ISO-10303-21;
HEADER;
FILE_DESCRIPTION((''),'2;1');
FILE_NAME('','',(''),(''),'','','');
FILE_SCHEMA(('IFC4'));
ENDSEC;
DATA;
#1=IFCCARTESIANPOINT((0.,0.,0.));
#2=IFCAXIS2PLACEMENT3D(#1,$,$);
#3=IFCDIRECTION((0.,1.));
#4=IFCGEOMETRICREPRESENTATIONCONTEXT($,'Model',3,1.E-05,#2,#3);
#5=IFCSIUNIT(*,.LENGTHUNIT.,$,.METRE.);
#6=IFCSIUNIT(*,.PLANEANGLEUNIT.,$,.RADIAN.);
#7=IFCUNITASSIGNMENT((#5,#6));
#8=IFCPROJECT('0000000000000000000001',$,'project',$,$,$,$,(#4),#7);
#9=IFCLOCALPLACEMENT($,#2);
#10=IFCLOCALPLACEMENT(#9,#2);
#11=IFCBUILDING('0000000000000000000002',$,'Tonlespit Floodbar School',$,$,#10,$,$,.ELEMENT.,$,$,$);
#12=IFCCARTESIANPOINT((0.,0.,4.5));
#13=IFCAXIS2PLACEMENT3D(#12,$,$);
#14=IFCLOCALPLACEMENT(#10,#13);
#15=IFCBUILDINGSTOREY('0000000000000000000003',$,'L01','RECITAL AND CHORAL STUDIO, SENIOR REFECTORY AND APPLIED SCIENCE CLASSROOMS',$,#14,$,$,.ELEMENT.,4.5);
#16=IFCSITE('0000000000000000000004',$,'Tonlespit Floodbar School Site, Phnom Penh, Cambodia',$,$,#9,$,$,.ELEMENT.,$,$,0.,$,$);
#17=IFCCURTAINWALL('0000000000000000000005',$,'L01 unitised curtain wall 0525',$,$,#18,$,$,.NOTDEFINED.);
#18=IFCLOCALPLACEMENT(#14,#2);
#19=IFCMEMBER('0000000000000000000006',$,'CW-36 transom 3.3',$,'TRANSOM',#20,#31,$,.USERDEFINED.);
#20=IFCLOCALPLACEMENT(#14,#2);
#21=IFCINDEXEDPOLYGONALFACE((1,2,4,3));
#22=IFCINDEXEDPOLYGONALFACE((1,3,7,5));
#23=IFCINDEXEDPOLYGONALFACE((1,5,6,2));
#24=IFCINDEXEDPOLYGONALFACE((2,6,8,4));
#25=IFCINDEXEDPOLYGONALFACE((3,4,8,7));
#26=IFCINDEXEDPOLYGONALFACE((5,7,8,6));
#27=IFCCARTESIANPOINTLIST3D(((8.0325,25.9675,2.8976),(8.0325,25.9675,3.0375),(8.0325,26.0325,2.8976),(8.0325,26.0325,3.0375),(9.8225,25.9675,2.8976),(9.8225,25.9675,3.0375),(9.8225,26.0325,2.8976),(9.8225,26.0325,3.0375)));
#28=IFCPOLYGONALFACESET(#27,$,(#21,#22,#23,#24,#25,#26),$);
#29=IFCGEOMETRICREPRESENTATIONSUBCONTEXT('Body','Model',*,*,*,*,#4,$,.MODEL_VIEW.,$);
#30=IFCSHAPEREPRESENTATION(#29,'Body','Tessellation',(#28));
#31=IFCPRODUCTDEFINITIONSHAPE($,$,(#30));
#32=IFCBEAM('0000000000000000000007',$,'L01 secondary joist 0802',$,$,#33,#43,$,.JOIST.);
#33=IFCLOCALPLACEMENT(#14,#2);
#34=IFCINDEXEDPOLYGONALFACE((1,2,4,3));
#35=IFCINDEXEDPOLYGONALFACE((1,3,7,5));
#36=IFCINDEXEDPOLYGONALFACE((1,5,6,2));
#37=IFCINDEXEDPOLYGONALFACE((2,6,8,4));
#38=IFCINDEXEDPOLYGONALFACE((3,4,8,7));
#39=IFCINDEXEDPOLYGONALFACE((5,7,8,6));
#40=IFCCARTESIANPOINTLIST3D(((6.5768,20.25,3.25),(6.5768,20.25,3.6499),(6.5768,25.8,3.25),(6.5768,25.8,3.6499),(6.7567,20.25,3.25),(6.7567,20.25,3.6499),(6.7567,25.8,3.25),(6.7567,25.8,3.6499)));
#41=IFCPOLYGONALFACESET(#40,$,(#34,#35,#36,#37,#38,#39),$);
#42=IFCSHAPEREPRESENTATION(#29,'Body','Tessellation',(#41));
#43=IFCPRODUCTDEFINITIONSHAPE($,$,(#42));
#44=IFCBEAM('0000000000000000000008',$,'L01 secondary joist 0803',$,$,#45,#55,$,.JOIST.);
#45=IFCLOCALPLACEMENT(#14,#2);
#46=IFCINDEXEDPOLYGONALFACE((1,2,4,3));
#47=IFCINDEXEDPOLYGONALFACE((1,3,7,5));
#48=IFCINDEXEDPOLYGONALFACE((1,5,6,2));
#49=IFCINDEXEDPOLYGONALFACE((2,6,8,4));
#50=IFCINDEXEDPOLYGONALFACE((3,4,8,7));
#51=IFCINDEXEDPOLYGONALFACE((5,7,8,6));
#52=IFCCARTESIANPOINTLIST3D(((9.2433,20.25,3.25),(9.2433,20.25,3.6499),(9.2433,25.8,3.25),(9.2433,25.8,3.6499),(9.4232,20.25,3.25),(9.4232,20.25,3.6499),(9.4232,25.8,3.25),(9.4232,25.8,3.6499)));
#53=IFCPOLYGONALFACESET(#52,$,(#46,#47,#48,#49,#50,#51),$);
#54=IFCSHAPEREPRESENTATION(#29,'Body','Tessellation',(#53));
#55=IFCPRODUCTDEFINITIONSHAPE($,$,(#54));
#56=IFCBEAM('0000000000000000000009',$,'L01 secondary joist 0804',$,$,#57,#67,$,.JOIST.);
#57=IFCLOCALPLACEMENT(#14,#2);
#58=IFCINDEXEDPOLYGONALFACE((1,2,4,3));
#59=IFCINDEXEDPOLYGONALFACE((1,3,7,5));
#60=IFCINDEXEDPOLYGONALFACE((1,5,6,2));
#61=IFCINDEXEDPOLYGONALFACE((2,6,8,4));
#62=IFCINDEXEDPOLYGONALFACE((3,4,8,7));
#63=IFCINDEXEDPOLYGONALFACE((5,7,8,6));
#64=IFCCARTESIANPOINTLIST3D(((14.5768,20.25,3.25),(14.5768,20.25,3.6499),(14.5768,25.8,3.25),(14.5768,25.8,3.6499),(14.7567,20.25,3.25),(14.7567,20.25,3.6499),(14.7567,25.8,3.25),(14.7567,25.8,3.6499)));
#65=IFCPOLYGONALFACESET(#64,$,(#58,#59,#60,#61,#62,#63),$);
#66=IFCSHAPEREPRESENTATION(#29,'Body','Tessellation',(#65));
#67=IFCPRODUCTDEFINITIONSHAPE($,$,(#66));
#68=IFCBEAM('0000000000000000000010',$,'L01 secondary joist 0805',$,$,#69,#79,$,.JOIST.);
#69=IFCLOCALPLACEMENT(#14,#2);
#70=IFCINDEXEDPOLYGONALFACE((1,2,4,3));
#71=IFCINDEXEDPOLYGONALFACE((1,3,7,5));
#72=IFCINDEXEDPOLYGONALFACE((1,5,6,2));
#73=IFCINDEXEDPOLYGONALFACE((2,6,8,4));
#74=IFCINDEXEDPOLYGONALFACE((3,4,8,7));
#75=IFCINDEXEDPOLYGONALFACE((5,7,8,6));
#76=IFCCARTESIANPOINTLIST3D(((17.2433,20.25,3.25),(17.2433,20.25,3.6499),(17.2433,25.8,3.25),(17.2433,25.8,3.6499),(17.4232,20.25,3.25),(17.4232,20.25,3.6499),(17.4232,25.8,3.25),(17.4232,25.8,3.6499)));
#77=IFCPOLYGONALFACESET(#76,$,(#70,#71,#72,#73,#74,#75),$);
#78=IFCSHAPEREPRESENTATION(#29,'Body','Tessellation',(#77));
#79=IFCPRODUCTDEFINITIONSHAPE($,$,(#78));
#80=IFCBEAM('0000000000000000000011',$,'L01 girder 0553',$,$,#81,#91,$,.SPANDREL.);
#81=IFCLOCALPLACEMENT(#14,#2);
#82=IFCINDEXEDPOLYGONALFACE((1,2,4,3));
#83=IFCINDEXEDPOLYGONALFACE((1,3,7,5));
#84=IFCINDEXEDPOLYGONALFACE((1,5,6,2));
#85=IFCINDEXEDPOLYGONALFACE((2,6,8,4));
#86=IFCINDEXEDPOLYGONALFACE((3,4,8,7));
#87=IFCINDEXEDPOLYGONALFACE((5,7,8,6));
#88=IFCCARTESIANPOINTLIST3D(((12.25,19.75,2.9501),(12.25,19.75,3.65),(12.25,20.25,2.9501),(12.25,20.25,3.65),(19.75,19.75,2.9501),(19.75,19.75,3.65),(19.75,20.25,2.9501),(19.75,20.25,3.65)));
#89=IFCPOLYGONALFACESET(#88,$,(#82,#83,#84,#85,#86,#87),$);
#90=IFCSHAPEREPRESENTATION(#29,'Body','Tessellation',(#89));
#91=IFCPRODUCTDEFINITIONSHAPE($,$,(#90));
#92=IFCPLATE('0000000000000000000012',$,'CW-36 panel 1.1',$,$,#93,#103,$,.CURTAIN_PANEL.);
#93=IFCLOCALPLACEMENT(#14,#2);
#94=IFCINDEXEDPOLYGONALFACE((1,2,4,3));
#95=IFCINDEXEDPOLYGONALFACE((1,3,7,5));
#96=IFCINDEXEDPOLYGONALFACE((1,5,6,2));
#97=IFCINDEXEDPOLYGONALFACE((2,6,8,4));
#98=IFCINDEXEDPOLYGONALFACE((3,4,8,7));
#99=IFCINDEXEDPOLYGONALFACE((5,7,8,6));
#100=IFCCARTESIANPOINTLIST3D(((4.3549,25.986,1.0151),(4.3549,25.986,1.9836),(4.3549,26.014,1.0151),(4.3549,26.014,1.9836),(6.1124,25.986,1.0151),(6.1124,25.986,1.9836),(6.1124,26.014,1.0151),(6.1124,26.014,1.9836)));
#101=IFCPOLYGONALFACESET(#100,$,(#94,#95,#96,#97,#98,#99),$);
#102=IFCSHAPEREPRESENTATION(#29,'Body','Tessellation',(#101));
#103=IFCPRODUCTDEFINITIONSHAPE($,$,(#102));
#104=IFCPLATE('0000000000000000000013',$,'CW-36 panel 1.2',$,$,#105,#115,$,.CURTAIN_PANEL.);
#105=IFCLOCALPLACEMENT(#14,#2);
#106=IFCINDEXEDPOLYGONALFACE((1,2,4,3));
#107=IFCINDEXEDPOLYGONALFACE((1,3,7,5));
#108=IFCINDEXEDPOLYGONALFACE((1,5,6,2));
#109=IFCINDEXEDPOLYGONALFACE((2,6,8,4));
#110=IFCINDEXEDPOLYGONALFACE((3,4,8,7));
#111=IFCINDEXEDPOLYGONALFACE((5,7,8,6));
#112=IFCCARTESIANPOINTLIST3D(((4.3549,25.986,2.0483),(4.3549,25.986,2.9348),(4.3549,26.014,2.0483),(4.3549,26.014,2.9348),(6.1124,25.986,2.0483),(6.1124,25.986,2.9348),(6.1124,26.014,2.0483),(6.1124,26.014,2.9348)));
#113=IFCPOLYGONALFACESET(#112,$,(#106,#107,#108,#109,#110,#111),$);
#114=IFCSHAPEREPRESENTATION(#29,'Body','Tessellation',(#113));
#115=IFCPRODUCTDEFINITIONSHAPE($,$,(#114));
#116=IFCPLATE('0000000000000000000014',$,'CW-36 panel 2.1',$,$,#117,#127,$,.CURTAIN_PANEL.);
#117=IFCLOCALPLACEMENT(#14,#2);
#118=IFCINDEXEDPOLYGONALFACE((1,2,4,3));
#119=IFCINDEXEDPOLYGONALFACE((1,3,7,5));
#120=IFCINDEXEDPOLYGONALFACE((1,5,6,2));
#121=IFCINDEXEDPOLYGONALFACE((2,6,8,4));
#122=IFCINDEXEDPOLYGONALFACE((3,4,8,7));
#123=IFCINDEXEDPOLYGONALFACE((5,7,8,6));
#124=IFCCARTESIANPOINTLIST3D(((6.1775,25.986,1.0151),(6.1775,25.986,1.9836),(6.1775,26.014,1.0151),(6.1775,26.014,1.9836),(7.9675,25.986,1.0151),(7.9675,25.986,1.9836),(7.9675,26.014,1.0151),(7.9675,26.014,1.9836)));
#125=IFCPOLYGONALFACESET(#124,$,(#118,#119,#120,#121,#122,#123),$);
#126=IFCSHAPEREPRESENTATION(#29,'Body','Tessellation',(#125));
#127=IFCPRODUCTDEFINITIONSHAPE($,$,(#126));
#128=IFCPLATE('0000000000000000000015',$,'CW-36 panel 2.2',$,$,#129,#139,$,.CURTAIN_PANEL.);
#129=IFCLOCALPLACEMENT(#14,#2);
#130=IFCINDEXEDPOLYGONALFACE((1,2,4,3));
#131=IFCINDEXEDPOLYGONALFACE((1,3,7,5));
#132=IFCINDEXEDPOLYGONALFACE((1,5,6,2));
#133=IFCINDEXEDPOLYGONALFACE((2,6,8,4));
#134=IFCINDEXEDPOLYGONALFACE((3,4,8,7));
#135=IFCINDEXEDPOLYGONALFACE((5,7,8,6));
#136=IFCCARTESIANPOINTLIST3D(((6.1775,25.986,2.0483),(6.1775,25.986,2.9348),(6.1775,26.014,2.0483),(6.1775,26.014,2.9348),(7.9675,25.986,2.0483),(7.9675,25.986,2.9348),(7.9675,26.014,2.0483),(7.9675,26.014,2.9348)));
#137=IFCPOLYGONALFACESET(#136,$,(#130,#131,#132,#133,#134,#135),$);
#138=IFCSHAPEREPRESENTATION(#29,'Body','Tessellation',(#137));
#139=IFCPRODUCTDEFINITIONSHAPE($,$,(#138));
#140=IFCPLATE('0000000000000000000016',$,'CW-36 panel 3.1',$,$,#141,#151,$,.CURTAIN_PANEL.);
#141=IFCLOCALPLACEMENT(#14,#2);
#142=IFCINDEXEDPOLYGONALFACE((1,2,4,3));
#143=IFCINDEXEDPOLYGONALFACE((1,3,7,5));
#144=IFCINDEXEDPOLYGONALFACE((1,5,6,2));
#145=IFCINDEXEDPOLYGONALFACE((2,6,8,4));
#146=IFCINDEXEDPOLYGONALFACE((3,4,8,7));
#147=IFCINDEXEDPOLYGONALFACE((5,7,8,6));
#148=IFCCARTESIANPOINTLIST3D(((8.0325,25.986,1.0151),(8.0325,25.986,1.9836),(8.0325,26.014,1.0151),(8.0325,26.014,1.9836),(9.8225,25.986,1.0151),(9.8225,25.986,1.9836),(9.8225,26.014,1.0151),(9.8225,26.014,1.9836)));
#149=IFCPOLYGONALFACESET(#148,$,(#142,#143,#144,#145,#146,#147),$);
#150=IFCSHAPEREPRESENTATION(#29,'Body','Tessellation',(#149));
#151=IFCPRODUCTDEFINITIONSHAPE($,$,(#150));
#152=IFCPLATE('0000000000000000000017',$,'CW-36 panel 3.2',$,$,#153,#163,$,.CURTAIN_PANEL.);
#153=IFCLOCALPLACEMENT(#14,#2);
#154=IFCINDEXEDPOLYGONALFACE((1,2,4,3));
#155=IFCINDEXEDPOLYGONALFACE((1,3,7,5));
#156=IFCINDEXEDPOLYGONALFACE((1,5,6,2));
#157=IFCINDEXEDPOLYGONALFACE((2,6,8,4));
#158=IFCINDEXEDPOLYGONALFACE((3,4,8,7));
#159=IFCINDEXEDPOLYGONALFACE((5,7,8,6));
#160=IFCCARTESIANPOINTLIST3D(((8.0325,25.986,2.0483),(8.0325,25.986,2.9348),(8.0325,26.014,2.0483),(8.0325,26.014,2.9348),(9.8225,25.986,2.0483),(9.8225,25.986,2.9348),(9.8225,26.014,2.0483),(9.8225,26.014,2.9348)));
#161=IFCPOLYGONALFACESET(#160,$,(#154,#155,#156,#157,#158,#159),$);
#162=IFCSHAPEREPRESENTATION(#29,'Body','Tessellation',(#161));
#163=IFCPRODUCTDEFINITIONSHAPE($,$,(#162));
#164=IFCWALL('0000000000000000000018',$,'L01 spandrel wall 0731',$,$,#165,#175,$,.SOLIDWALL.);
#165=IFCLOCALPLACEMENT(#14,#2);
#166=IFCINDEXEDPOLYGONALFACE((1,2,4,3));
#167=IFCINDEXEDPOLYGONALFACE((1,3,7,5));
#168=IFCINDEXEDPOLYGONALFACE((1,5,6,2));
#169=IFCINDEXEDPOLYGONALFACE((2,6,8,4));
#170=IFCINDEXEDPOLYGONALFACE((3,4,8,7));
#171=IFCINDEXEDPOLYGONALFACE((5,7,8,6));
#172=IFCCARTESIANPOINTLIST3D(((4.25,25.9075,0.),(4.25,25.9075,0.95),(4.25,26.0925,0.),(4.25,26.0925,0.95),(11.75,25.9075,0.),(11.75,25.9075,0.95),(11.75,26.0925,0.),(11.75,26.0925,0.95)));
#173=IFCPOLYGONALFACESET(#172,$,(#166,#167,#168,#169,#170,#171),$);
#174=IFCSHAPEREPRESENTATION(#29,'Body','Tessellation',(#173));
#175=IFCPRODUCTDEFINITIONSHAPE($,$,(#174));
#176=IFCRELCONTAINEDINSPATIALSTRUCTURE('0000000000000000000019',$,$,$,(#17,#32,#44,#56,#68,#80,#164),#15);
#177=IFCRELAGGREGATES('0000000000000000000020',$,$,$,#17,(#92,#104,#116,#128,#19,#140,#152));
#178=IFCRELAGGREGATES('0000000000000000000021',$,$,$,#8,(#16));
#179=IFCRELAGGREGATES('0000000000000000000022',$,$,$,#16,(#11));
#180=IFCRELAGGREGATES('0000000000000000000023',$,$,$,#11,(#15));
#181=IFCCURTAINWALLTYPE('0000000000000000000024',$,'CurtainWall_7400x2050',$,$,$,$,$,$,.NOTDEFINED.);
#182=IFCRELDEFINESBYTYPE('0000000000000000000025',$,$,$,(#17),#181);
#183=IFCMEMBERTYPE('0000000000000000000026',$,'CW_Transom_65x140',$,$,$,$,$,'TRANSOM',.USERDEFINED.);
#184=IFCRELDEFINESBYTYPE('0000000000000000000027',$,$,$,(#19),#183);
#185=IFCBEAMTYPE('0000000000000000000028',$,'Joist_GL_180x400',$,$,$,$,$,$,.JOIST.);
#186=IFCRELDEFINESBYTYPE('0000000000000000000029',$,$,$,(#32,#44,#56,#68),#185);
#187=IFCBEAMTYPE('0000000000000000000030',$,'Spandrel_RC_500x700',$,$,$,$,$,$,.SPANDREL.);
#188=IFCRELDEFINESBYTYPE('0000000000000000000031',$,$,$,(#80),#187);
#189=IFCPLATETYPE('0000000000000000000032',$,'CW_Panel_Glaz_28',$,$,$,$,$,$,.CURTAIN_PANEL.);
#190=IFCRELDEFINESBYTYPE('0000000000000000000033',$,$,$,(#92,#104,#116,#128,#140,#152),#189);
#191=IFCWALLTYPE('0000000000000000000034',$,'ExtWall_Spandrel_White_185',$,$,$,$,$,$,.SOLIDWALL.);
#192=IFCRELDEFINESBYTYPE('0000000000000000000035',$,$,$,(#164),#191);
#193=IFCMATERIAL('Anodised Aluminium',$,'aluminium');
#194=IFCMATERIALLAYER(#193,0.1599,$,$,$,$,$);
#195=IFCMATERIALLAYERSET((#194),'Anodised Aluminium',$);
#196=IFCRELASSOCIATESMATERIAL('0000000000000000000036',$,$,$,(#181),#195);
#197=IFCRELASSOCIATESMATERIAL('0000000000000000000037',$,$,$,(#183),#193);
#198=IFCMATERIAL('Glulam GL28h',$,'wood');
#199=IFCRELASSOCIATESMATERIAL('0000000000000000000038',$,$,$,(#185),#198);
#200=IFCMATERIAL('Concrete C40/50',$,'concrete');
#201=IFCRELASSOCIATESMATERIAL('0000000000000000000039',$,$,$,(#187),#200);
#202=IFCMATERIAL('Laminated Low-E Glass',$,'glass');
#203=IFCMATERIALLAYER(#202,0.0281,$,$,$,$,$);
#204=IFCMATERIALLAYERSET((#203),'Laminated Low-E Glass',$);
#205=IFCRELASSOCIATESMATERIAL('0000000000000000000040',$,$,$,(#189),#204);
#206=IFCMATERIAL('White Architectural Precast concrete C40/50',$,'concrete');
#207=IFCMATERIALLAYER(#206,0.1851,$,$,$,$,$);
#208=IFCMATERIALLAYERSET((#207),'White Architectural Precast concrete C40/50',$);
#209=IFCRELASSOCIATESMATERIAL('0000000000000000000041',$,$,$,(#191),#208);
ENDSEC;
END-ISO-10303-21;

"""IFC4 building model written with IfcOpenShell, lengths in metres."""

from ifc_helpers import new_model, si_unit, direction, frame, frame_2d, origin, origin_2d, place, context, subcontext, project, spatial, rectangle, extrude, material, layer, layer_set, material_profile, profile_set, type_object, element, aggregate, save


model = new_model("IFC4")

# Units and contexts
model_context = context("Model", 3, precision=1e-05, world=origin(), true_north=direction((0.0, 1.0)))
body_context = subcontext(model_context, "Body", "Model", "MODEL_VIEW")
ifc_project = project(units=[si_unit("LENGTHUNIT", "METRE"), si_unit("PLANEANGLEUNIT", "RADIAN")], contexts=[model_context])

# Site, building, storey
site_placement = place(None, origin())
site = spatial("IfcSite", under=ifc_project, at=site_placement, Name="Tonlespit Floodbar School Site, Phnom Penh, Cambodia", CompositionType="ELEMENT", RefElevation=0.0)
building_placement = place(site_placement, origin())
building = spatial("IfcBuilding", under=site, at=building_placement, Name="Tonlespit Floodbar School", CompositionType="ELEMENT")
storey_placement = place(building_placement, frame((0.0, 0.0, 4.5)))
storey = spatial("IfcBuildingStorey", under=building, at=storey_placement, Name="L01", Description="RECITAL AND CHORAL STUDIO, SENIOR REFECTORY AND APPLIED SCIENCE CLASSROOMS", CompositionType="ELEMENT", Elevation=4.5)

# Shared definitions
ifc_material_1 = material(Name="Concrete C40/50", Category="concrete")

# Curtain wall, member
ifc_material_2 = material(Name="Anodised Aluminium", Category="aluminium")
ifc_layer_1 = layer(ifc_material_2, 0.1599)
ifc_layer_set_1 = layer_set([ifc_layer_1], Name="Anodised Aluminium")
curtain_wall_type = type_object("IfcCurtainWallType", Name="CurtainWall_7400x2050", PredefinedType="NOTDEFINED", material=ifc_layer_set_1)
curtain_wall_placement = place(storey_placement, origin())
curtain_wall = element("IfcCurtainWall", 1, at=curtain_wall_placement, inside=storey, type_object=curtain_wall_type, Name="L01 unitised curtain wall 0525", PredefinedType="NOTDEFINED")
ifc_material_profile_1 = material_profile(ifc_material_2, rectangle(XDim=0.0649, YDim=0.1399, at=origin_2d()), Name="ALU T65x140")
ifc_profile_set_1 = profile_set([ifc_material_profile_1], Name="Anodised Aluminium")
member_type_1 = type_object("IfcMemberType", Name="CW_Transom_65x140", ElementType="TRANSOM", PredefinedType="USERDEFINED", material=ifc_profile_set_1)
member_1_placement = place(storey_placement, frame((8.0325, 26.0, 2.9675), z_axis=(1.0, 0.0, 0.0), x_axis=(0.0, 1.0, 0.0)))
member_1 = element("IfcMember", 2, at=member_1_placement, type_object=member_type_1, Name="CW-36 transom 3.3", ObjectType="TRANSOM", PredefinedType="USERDEFINED", context=body_context, shape_type="SweptSolid", body=[
    extrude(rectangle(XDim=0.0649, YDim=0.1399, at=origin_2d()), origin(), (0.0, 0.0, 1.0), 1.79),
])

# Beams
ifc_material_3 = material(Name="Glulam GL28h", Category="wood")
ifc_material_profile_2 = material_profile(ifc_material_3, rectangle(XDim=0.1799, YDim=0.3999, at=origin_2d()), Name="GL 180x400")
ifc_profile_set_2 = profile_set([ifc_material_profile_2], Name="Glulam GL28h")
beam_type_1 = type_object("IfcBeamType", Name="Joist_GL_180x400", PredefinedType="JOIST", material=ifc_profile_set_2)
for number, where, z_axis, x_axis, name in (
    (3, (6.6667, 20.25, 3.45), (0.0, 1.0, 0.0), (-1.0, 0.0, 0.0), "L01 secondary joist 0802"),
    (4, (9.3333, 20.25, 3.45), (0.0, 1.0, 0.0), (-1.0, 0.0, 0.0), "L01 secondary joist 0803"),
    (5, (14.6667, 20.25, 3.45), (0.0, 1.0, 0.0), (-1.0, 0.0, 0.0), "L01 secondary joist 0804"),
    (6, (17.3333, 20.25, 3.45), (0.0, 1.0, 0.0), (-1.0, 0.0, 0.0), "L01 secondary joist 0805"),
):
    element("IfcBeam", number, at=place(storey_placement, frame(where, z_axis=z_axis, x_axis=x_axis)), inside=storey, type_object=beam_type_1, Name=name, PredefinedType="JOIST", context=body_context, shape_type="SweptSolid", body=[
        extrude(rectangle(XDim=0.1799, YDim=0.3999, at=origin_2d()), origin(), (0.0, 0.0, 1.0), 5.55),
    ])
ifc_material_profile_3 = material_profile(ifc_material_1, rectangle(XDim=0.5, YDim=0.7, at=origin_2d()), Name="RC 500x700")
ifc_profile_set_3 = profile_set([ifc_material_profile_3], Name="Concrete C40/50")
beam_type_2 = type_object("IfcBeamType", Name="Spandrel_RC_500x700", PredefinedType="SPANDREL", material=ifc_profile_set_3)
beam_1_placement = place(storey_placement, frame((12.25, 20.0, 3.3), z_axis=(1.0, 0.0, 0.0), x_axis=(0.0, 1.0, 0.0)))
element("IfcBeam", 7, at=beam_1_placement, inside=storey, type_object=beam_type_2, Name="L01 girder 0553", PredefinedType="SPANDREL", context=body_context, shape_type="SweptSolid", body=[
    extrude(rectangle(XDim=0.5, YDim=0.7, at=origin_2d()), origin(), (0.0, 0.0, 1.0), 7.5),
])

# Plates
ifc_material_4 = material(Name="Laminated Low-E Glass", Category="glass")
ifc_layer_2 = layer(ifc_material_4, 0.0281)
ifc_layer_set_2 = layer_set([ifc_layer_2], Name="Laminated Low-E Glass")
plate_type = type_object("IfcPlateType", Name="CW_Panel_Glaz_28", PredefinedType="CURTAIN_PANEL", material=ifc_layer_set_2)
plate_1_placement = place(storey_placement, frame((5.2336, 26.0, 1.0151), z_axis=(0.0, 0.0, 1.0), x_axis=(1.0, 0.0, 0.0)))
plate_1 = element("IfcPlate", 8, at=plate_1_placement, type_object=plate_type, Name="CW-36 panel 1.1", PredefinedType="CURTAIN_PANEL", context=body_context, shape_type="SweptSolid", body=[
    extrude(rectangle(XDim=1.7576, YDim=0.0281, at=origin_2d()), origin(), (0.0, 0.0, 1.0), 0.9685),
])
plate_2_placement = place(storey_placement, frame((5.2336, 26.0, 2.0483), z_axis=(0.0, 0.0, 1.0), x_axis=(1.0, 0.0, 0.0)))
plate_2 = element("IfcPlate", 9, at=plate_2_placement, type_object=plate_type, Name="CW-36 panel 1.2", PredefinedType="CURTAIN_PANEL", context=body_context, shape_type="SweptSolid", body=[
    extrude(rectangle(XDim=1.7576, YDim=0.0281, at=origin_2d()), origin(), (0.0, 0.0, 1.0), 0.8865),
])
plate_3_placement = place(storey_placement, frame((7.0725, 26.0, 1.0151), z_axis=(0.0, 0.0, 1.0), x_axis=(1.0, 0.0, 0.0)))
plate_3 = element("IfcPlate", 10, at=plate_3_placement, type_object=plate_type, Name="CW-36 panel 2.1", PredefinedType="CURTAIN_PANEL", context=body_context, shape_type="SweptSolid", body=[
    extrude(rectangle(XDim=1.79, YDim=0.0281, at=origin_2d()), origin(), (0.0, 0.0, 1.0), 0.9685),
])
plate_4_placement = place(storey_placement, frame((7.0725, 26.0, 2.0483), z_axis=(0.0, 0.0, 1.0), x_axis=(1.0, 0.0, 0.0)))
plate_4 = element("IfcPlate", 11, at=plate_4_placement, type_object=plate_type, Name="CW-36 panel 2.2", PredefinedType="CURTAIN_PANEL", context=body_context, shape_type="SweptSolid", body=[
    extrude(rectangle(XDim=1.79, YDim=0.0281, at=origin_2d()), origin(), (0.0, 0.0, 1.0), 0.8865),
])
plate_5_placement = place(storey_placement, frame((8.9275, 26.0, 1.0151), z_axis=(0.0, 0.0, 1.0), x_axis=(1.0, 0.0, 0.0)))
plate_5 = element("IfcPlate", 12, at=plate_5_placement, type_object=plate_type, Name="CW-36 panel 3.1", PredefinedType="CURTAIN_PANEL", context=body_context, shape_type="SweptSolid", body=[
    extrude(rectangle(XDim=1.79, YDim=0.0281, at=origin_2d()), origin(), (0.0, 0.0, 1.0), 0.9685),
])
plate_6_placement = place(storey_placement, frame((8.9275, 26.0, 2.0483), z_axis=(0.0, 0.0, 1.0), x_axis=(1.0, 0.0, 0.0)))
plate_6 = element("IfcPlate", 13, at=plate_6_placement, type_object=plate_type, Name="CW-36 panel 3.2", PredefinedType="CURTAIN_PANEL", context=body_context, shape_type="SweptSolid", body=[
    extrude(rectangle(XDim=1.79, YDim=0.0281, at=origin_2d()), origin(), (0.0, 0.0, 1.0), 0.8865),
])
aggregate(curtain_wall, [plate_1, plate_2, plate_3, plate_4, member_1, plate_5, plate_6])

# Wall
ifc_material_5 = material(Name="White Architectural Precast concrete C40/50", Category="concrete")
ifc_layer_3 = layer(ifc_material_5, 0.1851)
ifc_layer_set_3 = layer_set([ifc_layer_3], Name="White Architectural Precast concrete C40/50")
wall_type = type_object("IfcWallType", Name="ExtWall_Spandrel_White_185", PredefinedType="SOLIDWALL", material=ifc_layer_set_3)
wall_placement = place(storey_placement, frame((4.25, 26.0, 0.0), z_axis=(0.0, 0.0, 1.0), x_axis=(1.0, 0.0, 0.0)))
element("IfcWall", 14, at=wall_placement, inside=storey, type_object=wall_type, Name="L01 spandrel wall 0731", PredefinedType="SOLIDWALL", context=body_context, shape_type="SweptSolid", body=[
    extrude(rectangle(XDim=7.5, YDim=0.1851, at=frame_2d((3.75, 0.0))), origin(), (0.0, 0.0, 1.0), 0.95),
])

save(model, "model.ifc")
